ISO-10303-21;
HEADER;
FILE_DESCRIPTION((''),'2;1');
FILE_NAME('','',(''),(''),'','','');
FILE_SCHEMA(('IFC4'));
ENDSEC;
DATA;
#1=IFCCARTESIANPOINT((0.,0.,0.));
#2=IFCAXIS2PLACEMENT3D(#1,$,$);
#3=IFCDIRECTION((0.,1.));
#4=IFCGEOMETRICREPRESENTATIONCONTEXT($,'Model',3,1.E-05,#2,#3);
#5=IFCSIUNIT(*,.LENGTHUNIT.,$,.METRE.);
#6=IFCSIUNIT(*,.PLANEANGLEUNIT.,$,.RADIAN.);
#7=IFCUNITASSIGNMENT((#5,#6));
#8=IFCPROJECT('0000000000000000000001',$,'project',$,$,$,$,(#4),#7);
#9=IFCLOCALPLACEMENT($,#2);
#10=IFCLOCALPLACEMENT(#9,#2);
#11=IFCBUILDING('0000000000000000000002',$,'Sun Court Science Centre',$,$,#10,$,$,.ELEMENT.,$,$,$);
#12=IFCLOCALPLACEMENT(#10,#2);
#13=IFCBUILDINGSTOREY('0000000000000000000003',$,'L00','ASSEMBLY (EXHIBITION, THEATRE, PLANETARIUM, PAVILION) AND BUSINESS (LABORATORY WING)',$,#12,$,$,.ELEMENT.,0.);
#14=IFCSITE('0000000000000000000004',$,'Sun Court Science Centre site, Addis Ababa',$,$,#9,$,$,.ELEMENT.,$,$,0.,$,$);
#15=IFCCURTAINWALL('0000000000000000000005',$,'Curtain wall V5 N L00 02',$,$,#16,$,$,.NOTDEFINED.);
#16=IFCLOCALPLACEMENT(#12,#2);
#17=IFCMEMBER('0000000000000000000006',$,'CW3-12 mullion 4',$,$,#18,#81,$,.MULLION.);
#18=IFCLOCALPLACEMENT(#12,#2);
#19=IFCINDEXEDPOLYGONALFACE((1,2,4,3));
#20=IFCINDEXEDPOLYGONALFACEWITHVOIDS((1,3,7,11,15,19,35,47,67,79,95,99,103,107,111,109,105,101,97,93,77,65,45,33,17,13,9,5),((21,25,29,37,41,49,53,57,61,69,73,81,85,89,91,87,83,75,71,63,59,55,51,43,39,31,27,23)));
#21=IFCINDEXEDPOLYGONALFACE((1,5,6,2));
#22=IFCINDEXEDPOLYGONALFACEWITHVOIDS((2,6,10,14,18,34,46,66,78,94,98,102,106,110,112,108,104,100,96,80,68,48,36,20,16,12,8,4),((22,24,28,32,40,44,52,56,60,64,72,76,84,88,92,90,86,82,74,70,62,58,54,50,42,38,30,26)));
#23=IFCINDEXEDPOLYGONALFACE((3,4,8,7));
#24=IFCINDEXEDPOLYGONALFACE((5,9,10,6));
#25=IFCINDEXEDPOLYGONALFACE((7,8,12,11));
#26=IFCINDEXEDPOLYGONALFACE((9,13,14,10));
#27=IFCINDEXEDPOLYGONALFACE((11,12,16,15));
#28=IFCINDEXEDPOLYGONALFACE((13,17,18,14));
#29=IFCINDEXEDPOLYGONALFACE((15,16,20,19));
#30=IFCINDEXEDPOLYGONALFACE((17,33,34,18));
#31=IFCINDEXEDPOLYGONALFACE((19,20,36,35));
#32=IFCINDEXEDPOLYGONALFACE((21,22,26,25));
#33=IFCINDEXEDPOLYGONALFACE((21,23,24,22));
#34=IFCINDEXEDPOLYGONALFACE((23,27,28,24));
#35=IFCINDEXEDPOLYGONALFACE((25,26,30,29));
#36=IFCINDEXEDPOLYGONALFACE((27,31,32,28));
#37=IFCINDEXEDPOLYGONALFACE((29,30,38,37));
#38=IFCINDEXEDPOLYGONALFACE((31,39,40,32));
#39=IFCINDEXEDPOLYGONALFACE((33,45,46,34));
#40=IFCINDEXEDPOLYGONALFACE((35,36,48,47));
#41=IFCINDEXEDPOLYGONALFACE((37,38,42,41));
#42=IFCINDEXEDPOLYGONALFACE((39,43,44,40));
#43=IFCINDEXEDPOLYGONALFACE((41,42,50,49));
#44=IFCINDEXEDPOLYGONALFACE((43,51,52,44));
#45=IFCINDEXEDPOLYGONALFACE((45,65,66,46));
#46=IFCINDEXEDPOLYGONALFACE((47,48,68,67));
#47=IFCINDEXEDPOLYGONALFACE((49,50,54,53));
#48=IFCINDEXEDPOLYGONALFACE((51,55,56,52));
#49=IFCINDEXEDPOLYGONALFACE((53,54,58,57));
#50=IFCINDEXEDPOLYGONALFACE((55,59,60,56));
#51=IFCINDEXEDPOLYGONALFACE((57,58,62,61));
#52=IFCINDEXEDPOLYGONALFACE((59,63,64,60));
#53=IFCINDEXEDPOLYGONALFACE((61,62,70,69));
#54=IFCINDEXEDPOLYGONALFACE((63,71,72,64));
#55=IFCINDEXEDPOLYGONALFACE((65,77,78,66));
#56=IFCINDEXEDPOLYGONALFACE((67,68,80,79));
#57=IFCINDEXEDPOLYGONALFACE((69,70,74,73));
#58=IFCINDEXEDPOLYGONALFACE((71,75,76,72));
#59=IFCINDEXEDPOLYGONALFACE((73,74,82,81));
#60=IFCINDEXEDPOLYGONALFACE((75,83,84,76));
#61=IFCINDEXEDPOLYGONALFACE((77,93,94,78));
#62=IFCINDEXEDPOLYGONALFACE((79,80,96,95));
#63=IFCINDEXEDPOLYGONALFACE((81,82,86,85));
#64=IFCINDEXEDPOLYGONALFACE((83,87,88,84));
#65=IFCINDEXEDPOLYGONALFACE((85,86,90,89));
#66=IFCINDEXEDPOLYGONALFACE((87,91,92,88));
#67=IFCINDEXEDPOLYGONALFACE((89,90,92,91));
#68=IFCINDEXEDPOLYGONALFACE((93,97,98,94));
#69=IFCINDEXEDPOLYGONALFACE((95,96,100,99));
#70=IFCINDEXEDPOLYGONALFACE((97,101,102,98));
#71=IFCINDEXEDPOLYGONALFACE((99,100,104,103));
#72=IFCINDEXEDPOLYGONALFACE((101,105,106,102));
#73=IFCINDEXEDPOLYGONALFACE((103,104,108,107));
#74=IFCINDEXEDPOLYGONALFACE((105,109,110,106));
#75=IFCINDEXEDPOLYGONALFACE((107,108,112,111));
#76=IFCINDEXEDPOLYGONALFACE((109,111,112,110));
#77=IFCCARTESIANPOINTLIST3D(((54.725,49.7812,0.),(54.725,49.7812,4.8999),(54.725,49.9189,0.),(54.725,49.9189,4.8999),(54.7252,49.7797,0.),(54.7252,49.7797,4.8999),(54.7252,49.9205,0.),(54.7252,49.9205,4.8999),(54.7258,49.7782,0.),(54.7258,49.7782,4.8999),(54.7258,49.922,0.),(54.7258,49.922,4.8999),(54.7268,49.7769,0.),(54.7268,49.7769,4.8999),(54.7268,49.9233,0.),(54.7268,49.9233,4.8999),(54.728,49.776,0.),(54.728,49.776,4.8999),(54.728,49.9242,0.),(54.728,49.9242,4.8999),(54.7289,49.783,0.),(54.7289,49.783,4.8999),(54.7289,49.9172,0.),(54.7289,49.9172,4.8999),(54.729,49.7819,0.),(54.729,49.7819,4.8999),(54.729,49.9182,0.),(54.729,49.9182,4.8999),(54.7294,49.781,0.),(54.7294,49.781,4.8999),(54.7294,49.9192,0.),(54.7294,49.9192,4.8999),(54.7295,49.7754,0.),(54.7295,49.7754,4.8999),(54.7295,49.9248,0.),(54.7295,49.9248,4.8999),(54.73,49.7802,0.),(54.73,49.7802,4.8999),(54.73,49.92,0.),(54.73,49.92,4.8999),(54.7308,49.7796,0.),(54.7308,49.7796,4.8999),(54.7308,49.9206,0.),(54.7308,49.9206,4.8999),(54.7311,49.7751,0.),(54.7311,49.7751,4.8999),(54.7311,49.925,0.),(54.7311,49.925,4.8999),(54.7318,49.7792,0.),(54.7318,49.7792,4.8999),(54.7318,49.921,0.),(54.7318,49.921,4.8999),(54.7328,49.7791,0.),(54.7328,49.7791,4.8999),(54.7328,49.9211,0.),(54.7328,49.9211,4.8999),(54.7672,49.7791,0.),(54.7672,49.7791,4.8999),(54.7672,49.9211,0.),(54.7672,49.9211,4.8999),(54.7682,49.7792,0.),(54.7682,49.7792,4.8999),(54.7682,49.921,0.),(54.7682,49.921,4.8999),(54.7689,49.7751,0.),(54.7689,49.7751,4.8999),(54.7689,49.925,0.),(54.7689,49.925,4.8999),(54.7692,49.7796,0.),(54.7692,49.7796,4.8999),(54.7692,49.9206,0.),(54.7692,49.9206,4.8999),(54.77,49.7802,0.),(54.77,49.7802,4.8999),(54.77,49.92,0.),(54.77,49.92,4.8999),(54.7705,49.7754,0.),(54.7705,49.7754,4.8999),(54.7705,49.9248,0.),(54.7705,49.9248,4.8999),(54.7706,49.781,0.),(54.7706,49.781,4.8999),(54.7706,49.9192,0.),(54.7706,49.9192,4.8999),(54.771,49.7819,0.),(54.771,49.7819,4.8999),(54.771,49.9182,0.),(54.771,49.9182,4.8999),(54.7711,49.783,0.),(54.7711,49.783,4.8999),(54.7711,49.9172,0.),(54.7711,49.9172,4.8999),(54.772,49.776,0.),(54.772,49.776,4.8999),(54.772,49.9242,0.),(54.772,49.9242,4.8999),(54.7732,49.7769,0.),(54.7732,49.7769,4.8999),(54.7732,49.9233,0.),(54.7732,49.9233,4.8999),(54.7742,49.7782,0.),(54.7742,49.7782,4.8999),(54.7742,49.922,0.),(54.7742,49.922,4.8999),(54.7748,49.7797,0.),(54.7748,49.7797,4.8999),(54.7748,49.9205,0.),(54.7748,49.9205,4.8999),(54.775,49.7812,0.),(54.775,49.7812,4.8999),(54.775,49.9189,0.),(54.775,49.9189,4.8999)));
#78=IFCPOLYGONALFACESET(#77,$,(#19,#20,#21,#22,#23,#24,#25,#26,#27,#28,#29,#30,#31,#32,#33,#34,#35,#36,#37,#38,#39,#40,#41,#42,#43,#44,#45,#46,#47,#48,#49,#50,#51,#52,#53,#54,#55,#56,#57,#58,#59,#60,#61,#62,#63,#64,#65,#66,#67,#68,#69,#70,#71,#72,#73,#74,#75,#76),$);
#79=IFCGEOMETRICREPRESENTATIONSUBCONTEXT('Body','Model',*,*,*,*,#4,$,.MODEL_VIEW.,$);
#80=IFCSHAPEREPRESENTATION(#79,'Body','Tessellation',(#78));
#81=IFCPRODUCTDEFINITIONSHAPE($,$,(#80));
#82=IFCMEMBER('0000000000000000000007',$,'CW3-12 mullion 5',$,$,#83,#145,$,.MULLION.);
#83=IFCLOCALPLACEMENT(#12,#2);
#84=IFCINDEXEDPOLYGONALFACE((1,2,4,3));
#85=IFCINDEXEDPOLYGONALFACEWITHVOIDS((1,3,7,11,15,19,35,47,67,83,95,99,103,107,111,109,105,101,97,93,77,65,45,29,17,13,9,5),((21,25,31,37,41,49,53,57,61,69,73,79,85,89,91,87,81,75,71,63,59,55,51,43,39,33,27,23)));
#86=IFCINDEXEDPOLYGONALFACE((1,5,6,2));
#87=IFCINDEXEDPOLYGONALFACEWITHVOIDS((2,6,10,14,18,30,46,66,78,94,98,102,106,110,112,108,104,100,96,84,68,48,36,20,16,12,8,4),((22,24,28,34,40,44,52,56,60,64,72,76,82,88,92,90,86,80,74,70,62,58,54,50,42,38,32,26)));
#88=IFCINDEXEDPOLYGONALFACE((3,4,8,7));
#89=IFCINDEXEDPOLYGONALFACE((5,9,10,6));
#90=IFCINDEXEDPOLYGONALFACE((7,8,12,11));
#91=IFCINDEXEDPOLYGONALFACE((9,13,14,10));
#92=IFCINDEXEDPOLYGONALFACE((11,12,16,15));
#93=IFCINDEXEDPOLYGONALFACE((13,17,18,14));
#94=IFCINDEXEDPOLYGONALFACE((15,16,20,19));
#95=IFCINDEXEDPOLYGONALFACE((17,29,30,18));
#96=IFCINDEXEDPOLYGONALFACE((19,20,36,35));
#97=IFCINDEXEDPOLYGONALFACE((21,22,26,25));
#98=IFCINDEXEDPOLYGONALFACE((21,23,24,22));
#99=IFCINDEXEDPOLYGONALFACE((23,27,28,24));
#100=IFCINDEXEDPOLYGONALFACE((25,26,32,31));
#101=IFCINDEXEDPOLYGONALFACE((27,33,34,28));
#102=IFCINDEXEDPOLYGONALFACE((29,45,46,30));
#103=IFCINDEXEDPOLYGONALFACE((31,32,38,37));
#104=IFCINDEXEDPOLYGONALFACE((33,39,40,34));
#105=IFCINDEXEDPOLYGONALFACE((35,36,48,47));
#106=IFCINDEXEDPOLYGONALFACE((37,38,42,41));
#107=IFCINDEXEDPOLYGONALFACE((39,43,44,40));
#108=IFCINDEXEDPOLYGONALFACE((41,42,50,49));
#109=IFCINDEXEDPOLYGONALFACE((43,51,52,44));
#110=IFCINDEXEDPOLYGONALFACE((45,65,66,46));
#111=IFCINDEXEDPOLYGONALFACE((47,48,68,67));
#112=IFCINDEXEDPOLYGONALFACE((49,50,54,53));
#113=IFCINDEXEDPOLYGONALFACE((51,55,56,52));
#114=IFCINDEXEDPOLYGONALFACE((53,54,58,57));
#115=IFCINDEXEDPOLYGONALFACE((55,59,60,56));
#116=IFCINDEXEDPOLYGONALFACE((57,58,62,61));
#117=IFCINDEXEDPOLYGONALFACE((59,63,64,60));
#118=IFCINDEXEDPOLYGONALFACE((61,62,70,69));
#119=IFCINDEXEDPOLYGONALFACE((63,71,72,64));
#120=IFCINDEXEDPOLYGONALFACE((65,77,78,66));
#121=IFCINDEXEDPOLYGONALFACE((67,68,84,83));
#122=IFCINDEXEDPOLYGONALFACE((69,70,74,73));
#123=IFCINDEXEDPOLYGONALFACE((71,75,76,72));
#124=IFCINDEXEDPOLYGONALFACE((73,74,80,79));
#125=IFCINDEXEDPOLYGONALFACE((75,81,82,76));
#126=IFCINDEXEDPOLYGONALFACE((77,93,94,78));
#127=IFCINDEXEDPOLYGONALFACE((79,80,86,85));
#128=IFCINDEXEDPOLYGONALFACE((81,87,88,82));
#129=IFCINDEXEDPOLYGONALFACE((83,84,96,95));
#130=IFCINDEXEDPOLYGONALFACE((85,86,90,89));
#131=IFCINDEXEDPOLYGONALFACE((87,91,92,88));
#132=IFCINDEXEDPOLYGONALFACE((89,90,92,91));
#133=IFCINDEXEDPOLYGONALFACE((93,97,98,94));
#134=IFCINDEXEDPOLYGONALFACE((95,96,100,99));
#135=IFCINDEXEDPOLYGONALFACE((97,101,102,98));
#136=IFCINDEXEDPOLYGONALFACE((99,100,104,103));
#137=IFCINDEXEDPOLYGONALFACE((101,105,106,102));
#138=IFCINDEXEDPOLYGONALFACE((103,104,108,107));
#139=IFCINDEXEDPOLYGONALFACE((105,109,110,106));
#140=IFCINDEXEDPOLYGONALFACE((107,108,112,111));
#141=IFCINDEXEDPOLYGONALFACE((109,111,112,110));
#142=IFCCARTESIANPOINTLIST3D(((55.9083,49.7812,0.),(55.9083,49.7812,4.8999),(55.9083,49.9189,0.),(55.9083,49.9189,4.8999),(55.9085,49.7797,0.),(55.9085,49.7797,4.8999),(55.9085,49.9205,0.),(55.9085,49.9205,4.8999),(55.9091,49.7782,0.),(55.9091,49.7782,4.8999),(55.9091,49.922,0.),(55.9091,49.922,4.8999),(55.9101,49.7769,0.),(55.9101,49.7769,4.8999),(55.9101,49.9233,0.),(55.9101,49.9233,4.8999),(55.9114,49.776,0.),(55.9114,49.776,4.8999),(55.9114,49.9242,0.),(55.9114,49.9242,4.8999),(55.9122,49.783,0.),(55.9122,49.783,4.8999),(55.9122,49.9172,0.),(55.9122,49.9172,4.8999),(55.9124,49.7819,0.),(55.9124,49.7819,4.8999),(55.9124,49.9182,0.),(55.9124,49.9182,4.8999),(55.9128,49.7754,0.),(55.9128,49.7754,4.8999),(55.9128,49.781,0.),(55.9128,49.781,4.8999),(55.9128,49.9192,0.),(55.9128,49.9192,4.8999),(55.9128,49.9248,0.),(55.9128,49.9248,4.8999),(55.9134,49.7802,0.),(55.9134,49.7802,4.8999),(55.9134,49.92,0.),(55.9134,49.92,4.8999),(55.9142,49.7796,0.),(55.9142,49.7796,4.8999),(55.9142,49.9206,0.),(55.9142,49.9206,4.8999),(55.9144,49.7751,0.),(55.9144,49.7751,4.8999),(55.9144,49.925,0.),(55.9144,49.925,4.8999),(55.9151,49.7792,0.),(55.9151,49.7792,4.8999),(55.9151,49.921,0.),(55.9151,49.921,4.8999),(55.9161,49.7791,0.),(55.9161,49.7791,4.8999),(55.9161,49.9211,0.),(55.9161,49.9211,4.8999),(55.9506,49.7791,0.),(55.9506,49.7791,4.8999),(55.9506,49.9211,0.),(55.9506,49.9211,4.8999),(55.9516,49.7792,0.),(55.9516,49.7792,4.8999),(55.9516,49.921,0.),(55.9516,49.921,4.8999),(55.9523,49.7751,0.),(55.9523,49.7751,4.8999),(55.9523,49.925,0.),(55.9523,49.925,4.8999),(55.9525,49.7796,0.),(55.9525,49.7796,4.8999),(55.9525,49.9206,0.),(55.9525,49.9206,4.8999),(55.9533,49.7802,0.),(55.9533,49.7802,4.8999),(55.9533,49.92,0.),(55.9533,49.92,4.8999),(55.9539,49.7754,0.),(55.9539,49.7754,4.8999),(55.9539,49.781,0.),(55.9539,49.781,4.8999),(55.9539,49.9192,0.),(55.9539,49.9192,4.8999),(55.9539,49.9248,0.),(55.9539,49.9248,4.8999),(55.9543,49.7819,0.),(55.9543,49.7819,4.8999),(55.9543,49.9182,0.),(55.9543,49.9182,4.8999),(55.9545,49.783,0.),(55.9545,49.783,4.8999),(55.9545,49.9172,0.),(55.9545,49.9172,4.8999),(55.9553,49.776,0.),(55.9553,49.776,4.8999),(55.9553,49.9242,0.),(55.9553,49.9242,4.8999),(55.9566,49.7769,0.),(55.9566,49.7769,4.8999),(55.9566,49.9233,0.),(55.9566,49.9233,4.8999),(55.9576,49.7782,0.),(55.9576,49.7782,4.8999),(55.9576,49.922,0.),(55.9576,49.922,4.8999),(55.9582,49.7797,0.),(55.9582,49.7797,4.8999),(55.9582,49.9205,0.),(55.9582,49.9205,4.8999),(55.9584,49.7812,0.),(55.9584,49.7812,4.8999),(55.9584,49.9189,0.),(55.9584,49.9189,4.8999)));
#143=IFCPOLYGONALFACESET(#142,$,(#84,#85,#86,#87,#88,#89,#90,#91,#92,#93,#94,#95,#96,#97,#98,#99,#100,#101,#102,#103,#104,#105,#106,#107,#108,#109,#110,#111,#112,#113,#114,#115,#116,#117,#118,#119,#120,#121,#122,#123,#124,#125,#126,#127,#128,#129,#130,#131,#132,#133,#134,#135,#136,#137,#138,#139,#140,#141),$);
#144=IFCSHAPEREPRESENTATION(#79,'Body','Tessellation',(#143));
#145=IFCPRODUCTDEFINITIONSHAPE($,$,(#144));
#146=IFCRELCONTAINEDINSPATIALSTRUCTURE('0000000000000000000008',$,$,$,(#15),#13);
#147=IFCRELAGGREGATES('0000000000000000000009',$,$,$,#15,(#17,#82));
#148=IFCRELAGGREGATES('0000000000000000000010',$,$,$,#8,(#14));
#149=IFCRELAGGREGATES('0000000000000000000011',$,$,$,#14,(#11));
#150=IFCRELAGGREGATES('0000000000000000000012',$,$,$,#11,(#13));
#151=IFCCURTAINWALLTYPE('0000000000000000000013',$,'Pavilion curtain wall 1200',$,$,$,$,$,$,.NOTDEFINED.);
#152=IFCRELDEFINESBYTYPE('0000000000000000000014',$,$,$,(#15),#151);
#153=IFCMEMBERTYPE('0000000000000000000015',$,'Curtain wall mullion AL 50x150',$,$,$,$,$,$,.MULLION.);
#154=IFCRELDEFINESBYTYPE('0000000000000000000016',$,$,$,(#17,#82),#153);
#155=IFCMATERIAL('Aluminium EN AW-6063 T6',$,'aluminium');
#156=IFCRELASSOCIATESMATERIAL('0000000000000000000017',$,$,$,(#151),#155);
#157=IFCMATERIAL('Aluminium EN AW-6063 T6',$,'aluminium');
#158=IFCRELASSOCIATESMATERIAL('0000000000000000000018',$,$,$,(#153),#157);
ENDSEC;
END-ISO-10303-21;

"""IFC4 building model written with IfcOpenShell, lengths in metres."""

from ifc_helpers import new_model, si_unit, direction, frame, origin, origin_2d, place, context, subcontext, project, spatial, hollow_rectangle, extrude, material, material_profile, profile_set, type_object, element, aggregate, save


model = new_model("IFC4")

# Units and contexts
model_context = context("Model", 3, precision=1e-05, world=origin(), true_north=direction((0.0, 1.0)))
body_context = subcontext(model_context, "Body", "Model", "MODEL_VIEW")
ifc_project = project(units=[si_unit("LENGTHUNIT", "METRE"), si_unit("PLANEANGLEUNIT", "RADIAN")], contexts=[model_context])

# Site, building, storey
site_placement = place(None, origin())
site = spatial("IfcSite", under=ifc_project, at=site_placement, Name="Sun Court Science Centre site, Addis Ababa", CompositionType="ELEMENT", RefElevation=0.0)
building_placement = place(site_placement, origin())
building = spatial("IfcBuilding", under=site, at=building_placement, Name="Sun Court Science Centre", CompositionType="ELEMENT")
storey_placement = place(building_placement, origin())
storey = spatial("IfcBuildingStorey", under=building, at=storey_placement, Name="L00", Description="ASSEMBLY (EXHIBITION, THEATRE, PLANETARIUM, PAVILION) AND BUSINESS (LABORATORY WING)", CompositionType="ELEMENT", Elevation=0.0)

# Curtain wall, members
ifc_material_1 = material(Name="Aluminium EN AW-6063 T6", Category="aluminium")
curtain_wall_type = type_object("IfcCurtainWallType", Name="Pavilion curtain wall 1200", PredefinedType="NOTDEFINED", material=ifc_material_1)
curtain_wall_placement = place(storey_placement, origin())
curtain_wall = element("IfcCurtainWall", 1, at=curtain_wall_placement, inside=storey, type_object=curtain_wall_type, Name="Curtain wall V5 N L00 02", PredefinedType="NOTDEFINED")
ifc_material_2 = material(Name="Aluminium EN AW-6063 T6", Category="aluminium")
ifc_material_profile_1 = material_profile(ifc_material_2, hollow_rectangle(XDim=0.05, YDim=0.1499, WallThickness=0.0039, InnerFilletRadius=0.0039, OuterFilletRadius=0.0061, at=origin_2d()), Name="AL 50x150x4")
ifc_profile_set_1 = profile_set([ifc_material_profile_1], Name="Aluminium EN AW-6063 T6")
member_type_1 = type_object("IfcMemberType", Name="Curtain wall mullion AL 50x150", PredefinedType="MULLION", material=ifc_profile_set_1)
member_1_placement = place(storey_placement, frame((54.75, 49.8501, 0.0), z_axis=(0.0, 0.0, 1.0), x_axis=(1.0, 0.0, 0.0)))
member_1 = element("IfcMember", 2, at=member_1_placement, type_object=member_type_1, Name="CW3-12 mullion 4", PredefinedType="MULLION", context=body_context, shape_type="SweptSolid", body=[
    extrude(hollow_rectangle(XDim=0.05, YDim=0.1499, WallThickness=0.0039, InnerFilletRadius=0.0039, OuterFilletRadius=0.0061, at=origin_2d()), origin(), (0.0, 0.0, 1.0), 4.8999),
])
member_2_placement = place(storey_placement, frame((55.9333, 49.8501, 0.0), z_axis=(0.0, 0.0, 1.0), x_axis=(1.0, 0.0, 0.0)))
member_2 = element("IfcMember", 3, at=member_2_placement, type_object=member_type_1, Name="CW3-12 mullion 5", PredefinedType="MULLION", context=body_context, shape_type="SweptSolid", body=[
    extrude(hollow_rectangle(XDim=0.05, YDim=0.1499, WallThickness=0.0039, InnerFilletRadius=0.0039, OuterFilletRadius=0.0061, at=origin_2d()), origin(), (0.0, 0.0, 1.0), 4.8999),
])
aggregate(curtain_wall, [member_1, member_2])

save(model, "model.ifc")
